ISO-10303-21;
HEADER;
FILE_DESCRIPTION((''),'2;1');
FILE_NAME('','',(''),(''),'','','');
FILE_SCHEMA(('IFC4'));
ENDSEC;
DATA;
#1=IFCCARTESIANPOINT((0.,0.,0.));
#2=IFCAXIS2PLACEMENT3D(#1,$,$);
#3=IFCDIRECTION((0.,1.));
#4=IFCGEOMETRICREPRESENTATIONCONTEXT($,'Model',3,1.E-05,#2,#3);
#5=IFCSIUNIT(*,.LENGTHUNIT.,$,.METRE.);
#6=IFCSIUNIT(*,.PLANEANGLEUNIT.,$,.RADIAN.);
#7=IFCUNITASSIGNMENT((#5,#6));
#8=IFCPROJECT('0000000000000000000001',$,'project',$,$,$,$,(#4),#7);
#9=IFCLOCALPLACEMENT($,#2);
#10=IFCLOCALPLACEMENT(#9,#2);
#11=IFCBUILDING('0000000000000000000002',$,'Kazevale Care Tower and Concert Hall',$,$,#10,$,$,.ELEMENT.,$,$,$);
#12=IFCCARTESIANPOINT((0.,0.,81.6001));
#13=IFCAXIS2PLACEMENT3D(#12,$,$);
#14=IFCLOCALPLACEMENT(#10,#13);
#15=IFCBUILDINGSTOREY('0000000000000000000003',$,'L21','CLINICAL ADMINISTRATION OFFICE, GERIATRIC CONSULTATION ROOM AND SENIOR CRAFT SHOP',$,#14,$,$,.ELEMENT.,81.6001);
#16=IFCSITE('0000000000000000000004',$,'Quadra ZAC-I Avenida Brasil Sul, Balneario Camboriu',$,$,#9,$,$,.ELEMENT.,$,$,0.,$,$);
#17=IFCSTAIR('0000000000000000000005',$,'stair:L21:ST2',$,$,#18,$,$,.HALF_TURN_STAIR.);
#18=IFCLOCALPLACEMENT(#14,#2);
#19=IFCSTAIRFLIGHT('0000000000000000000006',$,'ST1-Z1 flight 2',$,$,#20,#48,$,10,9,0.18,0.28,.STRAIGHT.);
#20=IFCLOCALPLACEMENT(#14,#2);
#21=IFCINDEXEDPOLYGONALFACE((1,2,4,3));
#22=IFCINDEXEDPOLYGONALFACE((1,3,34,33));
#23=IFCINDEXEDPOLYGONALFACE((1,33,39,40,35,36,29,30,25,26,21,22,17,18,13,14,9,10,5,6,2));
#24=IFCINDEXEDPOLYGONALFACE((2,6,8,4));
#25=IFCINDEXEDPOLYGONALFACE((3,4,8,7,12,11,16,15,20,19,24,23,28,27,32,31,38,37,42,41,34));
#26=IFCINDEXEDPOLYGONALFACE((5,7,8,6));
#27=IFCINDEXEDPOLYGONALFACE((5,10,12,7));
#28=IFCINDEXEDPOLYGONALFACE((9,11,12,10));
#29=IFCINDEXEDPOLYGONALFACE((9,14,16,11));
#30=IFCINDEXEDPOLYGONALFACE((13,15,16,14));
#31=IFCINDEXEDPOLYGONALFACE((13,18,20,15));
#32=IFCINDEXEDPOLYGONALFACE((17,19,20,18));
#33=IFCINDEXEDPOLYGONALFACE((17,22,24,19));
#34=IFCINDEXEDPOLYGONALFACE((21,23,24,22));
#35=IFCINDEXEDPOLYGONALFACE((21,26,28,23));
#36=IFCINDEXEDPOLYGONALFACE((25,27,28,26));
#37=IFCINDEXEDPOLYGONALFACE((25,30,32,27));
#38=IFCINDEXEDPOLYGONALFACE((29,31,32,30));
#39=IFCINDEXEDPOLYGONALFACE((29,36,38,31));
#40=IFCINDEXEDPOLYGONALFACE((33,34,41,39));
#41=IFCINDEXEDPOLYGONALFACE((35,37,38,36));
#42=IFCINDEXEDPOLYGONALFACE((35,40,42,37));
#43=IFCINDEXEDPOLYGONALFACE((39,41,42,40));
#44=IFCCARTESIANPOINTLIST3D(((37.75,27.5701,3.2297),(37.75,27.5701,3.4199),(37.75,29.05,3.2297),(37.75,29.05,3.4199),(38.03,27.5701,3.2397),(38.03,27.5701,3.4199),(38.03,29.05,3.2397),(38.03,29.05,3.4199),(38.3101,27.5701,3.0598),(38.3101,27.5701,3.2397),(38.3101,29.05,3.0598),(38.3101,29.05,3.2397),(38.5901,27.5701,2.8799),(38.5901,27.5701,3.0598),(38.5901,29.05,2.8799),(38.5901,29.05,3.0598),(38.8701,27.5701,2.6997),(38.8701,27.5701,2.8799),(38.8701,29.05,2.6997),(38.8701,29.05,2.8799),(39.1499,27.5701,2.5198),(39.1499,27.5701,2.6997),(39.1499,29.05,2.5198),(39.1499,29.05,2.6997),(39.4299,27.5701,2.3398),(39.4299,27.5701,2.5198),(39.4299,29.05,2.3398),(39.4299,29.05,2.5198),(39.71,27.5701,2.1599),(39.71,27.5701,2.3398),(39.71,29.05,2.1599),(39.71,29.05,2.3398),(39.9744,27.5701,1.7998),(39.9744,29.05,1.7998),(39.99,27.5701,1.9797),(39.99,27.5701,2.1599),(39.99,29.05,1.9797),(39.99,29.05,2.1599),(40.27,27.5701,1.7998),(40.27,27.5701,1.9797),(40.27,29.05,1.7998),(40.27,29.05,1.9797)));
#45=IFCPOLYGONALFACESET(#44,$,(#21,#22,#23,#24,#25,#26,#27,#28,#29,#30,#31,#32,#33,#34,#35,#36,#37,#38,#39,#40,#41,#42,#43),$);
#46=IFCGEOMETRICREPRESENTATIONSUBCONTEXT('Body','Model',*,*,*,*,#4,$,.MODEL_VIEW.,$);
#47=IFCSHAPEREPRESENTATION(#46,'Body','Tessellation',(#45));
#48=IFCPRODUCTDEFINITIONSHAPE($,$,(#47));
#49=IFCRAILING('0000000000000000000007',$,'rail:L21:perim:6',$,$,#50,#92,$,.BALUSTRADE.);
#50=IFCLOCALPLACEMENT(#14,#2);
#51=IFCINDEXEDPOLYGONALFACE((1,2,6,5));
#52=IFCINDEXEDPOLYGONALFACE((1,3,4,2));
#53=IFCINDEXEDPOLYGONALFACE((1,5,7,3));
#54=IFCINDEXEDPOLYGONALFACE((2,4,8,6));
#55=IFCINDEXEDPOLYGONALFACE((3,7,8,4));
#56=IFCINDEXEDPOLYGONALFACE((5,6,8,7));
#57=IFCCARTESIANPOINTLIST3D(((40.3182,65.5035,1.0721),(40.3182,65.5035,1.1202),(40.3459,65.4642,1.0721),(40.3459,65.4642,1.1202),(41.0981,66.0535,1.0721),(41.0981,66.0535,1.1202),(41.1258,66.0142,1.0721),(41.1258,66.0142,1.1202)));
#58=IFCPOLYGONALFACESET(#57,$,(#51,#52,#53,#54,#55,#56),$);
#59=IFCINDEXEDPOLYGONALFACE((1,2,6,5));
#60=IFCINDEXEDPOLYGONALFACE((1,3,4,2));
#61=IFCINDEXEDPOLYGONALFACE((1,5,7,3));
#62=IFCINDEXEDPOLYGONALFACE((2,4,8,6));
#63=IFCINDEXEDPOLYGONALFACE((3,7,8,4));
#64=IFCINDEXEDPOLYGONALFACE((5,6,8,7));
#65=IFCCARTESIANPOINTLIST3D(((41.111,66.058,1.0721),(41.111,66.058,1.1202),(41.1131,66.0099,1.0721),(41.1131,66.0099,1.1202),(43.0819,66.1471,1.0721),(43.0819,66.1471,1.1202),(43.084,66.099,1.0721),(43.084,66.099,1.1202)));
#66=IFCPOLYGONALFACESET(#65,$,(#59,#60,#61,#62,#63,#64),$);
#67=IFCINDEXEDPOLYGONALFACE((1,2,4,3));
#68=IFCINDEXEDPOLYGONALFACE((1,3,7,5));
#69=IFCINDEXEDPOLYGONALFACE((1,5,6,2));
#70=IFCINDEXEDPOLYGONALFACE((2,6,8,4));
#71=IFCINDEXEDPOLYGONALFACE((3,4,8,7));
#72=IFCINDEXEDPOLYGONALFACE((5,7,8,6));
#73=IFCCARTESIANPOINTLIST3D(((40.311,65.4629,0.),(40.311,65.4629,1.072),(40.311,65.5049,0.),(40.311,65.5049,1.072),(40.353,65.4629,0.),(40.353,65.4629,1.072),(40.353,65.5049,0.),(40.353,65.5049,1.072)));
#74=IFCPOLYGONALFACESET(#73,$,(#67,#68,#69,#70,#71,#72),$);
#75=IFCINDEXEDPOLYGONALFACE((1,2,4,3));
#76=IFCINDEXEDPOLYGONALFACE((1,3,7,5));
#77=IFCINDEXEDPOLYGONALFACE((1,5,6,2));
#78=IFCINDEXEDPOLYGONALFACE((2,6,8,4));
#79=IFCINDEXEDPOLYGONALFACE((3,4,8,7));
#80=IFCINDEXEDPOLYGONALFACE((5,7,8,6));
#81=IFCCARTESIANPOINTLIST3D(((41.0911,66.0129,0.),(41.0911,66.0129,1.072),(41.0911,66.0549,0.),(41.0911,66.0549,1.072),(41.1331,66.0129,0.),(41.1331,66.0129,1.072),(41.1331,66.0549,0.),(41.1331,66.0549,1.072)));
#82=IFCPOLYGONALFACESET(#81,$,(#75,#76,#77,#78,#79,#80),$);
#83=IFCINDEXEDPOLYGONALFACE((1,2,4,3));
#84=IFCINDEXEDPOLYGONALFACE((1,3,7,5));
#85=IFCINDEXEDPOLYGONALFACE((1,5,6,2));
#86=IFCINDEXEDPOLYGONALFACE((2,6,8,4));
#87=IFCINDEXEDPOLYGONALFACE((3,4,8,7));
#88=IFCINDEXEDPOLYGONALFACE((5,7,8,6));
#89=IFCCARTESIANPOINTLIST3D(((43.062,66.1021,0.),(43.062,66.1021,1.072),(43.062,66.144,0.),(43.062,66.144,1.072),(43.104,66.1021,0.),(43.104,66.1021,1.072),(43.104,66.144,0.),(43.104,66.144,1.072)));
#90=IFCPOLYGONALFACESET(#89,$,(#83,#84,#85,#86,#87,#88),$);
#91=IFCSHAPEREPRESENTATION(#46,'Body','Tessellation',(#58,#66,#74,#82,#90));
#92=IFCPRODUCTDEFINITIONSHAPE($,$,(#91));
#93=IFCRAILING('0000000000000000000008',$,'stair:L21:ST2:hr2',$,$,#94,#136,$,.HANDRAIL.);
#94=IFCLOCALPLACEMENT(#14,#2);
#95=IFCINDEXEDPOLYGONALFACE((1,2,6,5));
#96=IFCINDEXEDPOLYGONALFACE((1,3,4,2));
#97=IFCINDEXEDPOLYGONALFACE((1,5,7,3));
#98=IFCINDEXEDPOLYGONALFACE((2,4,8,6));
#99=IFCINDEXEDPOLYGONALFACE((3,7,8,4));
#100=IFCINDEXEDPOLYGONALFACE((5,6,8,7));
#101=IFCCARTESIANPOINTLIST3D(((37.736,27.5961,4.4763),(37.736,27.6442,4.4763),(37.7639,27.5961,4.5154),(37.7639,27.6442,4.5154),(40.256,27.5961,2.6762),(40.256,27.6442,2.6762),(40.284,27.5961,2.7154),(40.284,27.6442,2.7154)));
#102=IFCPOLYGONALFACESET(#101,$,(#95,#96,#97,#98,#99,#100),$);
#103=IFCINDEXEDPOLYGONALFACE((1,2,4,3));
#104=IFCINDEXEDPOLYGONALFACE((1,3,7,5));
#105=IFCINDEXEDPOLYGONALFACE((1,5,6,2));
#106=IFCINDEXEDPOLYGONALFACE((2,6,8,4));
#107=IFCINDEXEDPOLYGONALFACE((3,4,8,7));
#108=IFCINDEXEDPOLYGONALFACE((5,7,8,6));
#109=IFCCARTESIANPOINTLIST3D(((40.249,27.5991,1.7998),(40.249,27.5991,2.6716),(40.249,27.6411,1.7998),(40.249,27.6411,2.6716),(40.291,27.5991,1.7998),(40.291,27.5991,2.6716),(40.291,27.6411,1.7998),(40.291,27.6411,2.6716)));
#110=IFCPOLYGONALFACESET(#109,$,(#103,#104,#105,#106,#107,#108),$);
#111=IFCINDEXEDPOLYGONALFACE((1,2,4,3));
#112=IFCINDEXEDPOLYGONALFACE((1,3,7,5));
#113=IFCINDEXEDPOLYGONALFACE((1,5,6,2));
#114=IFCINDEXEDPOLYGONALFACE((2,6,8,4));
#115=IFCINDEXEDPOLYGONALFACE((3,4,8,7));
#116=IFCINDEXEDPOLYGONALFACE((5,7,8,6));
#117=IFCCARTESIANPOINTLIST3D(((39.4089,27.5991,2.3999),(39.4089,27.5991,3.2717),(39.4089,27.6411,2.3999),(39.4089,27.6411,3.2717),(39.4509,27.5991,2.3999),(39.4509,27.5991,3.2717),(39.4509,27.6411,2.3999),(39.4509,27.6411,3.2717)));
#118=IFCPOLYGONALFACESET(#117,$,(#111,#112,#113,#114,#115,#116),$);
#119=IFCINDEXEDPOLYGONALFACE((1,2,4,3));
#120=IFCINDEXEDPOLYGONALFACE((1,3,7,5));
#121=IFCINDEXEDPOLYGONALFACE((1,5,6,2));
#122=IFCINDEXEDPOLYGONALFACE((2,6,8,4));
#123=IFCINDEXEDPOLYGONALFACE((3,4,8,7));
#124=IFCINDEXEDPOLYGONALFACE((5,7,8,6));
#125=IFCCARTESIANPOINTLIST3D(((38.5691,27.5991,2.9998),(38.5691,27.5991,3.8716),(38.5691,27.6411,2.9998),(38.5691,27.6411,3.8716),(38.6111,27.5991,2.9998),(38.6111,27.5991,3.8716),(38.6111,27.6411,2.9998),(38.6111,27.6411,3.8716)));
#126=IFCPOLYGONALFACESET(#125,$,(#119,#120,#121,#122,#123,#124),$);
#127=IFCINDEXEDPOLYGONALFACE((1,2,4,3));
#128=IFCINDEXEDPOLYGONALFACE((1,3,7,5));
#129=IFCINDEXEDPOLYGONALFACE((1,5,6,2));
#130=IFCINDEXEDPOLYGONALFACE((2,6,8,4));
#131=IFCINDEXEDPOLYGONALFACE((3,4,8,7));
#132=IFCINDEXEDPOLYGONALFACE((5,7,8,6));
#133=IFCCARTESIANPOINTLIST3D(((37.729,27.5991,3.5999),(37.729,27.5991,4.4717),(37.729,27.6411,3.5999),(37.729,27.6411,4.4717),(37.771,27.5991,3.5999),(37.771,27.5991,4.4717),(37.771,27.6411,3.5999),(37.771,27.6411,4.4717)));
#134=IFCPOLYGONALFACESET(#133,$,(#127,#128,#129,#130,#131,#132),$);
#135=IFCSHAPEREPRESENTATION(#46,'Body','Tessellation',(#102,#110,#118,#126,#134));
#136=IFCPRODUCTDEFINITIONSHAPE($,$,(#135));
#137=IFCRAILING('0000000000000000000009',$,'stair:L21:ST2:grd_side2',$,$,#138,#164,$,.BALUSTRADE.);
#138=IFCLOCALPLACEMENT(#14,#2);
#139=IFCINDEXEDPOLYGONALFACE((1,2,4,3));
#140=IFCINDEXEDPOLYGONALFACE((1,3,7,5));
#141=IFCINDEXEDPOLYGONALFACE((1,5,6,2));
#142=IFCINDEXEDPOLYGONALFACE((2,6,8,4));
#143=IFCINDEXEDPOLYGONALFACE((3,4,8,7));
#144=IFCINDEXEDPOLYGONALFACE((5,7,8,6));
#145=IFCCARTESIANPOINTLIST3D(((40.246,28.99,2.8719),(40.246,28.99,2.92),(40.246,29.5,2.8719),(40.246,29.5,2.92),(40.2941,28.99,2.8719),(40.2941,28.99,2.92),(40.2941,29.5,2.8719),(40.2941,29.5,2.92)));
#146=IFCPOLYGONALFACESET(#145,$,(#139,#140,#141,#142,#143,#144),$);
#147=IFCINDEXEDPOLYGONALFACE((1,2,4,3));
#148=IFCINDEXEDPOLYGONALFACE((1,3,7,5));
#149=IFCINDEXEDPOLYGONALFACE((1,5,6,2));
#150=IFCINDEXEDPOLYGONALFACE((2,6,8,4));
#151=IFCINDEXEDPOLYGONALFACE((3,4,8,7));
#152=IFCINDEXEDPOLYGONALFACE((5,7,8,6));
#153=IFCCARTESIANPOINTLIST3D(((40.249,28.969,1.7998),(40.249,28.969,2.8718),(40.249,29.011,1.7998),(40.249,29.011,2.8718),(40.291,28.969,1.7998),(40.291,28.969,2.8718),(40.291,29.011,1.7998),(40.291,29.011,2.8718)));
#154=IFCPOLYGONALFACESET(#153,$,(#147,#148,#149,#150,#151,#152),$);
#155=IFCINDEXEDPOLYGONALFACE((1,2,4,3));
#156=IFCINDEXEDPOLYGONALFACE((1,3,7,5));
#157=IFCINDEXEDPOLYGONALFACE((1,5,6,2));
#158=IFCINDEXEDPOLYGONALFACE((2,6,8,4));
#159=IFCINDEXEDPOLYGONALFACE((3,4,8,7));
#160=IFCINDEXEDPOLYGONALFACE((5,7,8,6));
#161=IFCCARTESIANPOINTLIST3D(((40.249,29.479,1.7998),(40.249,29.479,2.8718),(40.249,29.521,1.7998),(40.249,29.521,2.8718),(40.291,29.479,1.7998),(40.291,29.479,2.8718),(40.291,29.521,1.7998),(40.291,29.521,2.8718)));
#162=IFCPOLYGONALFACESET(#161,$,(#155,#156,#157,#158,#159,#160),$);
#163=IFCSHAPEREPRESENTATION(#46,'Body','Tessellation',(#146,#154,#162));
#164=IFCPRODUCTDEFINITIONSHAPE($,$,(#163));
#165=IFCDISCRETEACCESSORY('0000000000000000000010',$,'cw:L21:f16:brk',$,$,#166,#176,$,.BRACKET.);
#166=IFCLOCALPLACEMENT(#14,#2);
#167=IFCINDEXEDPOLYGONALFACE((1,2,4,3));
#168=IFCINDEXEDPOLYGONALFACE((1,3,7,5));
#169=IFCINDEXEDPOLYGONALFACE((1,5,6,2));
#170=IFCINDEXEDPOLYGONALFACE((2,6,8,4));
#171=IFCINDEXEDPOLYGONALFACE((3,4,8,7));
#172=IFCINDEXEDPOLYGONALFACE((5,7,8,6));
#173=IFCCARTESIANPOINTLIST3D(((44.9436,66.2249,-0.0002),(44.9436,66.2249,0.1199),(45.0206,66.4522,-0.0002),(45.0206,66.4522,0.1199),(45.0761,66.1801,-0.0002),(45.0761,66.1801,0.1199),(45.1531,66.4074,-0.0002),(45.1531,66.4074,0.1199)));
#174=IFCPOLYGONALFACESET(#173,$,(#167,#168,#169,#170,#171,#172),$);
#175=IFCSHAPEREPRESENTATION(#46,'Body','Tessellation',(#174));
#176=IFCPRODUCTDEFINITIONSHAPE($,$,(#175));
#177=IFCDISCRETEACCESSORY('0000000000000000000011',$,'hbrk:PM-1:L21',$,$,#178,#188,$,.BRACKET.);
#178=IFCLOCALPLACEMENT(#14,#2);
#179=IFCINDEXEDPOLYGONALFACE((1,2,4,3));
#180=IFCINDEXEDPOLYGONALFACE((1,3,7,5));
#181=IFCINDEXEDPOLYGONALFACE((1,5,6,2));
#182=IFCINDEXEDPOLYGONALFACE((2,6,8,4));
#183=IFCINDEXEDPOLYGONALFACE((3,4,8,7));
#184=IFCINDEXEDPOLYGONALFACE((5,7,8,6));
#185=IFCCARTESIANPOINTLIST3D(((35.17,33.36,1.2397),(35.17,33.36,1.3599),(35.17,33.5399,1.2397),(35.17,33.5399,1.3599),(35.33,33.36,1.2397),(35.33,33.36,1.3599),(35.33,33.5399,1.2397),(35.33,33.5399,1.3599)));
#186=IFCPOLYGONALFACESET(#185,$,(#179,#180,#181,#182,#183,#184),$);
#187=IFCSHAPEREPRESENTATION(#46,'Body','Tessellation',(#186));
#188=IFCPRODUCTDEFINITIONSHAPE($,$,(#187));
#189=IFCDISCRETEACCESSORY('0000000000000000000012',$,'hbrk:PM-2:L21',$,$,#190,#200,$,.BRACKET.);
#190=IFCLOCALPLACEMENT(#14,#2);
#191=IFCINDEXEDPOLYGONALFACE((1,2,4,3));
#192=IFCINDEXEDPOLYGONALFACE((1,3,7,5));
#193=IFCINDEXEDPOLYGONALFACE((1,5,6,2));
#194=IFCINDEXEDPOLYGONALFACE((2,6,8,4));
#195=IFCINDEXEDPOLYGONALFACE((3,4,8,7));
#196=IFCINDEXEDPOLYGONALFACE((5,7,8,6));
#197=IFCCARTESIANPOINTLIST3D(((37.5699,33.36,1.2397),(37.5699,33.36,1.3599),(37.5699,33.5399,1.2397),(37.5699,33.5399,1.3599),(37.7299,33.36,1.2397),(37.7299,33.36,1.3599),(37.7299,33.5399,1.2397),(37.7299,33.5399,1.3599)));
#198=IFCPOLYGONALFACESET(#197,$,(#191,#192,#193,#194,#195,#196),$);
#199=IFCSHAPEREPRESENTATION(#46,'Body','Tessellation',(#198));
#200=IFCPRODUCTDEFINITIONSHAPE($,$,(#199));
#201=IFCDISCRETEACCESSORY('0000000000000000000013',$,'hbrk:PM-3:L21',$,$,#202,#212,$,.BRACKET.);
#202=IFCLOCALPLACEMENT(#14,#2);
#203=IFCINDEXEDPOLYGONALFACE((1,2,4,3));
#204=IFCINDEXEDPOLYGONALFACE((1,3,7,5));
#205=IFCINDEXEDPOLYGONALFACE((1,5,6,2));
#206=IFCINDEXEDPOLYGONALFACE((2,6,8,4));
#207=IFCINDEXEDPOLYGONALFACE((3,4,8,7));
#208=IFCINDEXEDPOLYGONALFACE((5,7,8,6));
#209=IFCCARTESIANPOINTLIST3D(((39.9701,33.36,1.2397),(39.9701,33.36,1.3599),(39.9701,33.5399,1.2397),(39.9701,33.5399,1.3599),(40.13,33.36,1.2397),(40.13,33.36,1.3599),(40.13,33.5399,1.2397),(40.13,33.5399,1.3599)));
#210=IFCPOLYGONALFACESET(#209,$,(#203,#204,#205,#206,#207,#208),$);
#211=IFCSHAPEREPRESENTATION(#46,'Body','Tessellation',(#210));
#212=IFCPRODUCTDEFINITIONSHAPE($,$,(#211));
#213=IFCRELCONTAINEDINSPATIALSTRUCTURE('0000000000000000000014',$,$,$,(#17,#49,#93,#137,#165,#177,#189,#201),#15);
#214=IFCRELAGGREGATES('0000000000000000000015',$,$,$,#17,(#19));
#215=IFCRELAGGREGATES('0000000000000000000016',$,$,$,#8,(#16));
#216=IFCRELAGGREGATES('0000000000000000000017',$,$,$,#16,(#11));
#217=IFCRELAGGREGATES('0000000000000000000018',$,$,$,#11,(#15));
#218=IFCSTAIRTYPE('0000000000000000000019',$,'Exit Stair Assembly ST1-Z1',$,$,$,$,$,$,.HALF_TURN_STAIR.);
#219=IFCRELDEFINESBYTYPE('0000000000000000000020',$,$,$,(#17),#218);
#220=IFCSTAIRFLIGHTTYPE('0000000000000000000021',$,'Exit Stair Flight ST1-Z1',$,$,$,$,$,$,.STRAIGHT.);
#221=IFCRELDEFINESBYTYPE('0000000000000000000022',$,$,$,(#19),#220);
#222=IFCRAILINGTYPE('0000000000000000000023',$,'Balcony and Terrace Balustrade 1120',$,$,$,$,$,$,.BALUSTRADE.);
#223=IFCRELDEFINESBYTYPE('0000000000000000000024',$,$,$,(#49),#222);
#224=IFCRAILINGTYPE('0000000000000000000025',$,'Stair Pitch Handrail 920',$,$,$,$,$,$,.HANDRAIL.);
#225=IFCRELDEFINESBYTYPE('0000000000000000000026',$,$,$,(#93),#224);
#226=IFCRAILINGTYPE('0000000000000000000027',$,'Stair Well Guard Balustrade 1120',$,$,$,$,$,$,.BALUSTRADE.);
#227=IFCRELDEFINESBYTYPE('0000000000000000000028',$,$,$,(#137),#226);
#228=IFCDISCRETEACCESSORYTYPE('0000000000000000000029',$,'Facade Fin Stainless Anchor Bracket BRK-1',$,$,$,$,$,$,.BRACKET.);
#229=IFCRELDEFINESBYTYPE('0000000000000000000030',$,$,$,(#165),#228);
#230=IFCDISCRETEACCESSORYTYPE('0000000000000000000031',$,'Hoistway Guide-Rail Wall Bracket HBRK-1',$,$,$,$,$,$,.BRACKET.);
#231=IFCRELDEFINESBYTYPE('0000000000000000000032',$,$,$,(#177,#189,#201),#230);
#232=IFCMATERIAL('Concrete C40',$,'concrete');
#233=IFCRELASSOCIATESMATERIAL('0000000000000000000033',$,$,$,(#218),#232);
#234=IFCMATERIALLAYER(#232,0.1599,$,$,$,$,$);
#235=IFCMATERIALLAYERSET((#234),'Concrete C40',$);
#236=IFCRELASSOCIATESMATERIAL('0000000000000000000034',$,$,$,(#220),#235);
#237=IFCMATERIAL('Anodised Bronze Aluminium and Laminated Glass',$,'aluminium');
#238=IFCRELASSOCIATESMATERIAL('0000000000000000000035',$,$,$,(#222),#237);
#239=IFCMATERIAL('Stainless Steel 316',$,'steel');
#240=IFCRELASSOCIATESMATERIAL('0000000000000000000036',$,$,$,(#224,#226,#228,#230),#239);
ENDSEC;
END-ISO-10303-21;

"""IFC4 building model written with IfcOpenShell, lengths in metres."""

from ifc_helpers import new_model, si_unit, direction, frame, origin, origin_2d, place, context, subcontext, project, spatial, polyline, rectangle, outline, extrude, material, layer, layer_set, type_object, element, aggregate, save


model = new_model("IFC4")

# Units and contexts
model_context = context("Model", 3, precision=1e-05, world=origin(), true_north=direction((0.0, 1.0)))
body_context = subcontext(model_context, "Body", "Model", "MODEL_VIEW")
ifc_project = project(units=[si_unit("LENGTHUNIT", "METRE"), si_unit("PLANEANGLEUNIT", "RADIAN")], contexts=[model_context])

# Site, building, storey
site_placement = place(None, origin())
site = spatial("IfcSite", under=ifc_project, at=site_placement, Name="Quadra ZAC-I Avenida Brasil Sul, Balneario Camboriu", CompositionType="ELEMENT", RefElevation=0.0)
building_placement = place(site_placement, origin())
building = spatial("IfcBuilding", under=site, at=building_placement, Name="Kazevale Care Tower and Concert Hall", CompositionType="ELEMENT")
storey_placement = place(building_placement, frame((0.0, 0.0, 81.6001)))
storey = spatial("IfcBuildingStorey", under=building, at=storey_placement, Name="L21", Description="CLINICAL ADMINISTRATION OFFICE, GERIATRIC CONSULTATION ROOM AND SENIOR CRAFT SHOP", CompositionType="ELEMENT", Elevation=81.6001)

# Shared definitions
ifc_material_1 = material(Name="Concrete C40", Category="concrete")

# Stair, stair flight
stair_type = type_object("IfcStairType", Name="Exit Stair Assembly ST1-Z1", PredefinedType="HALF_TURN_STAIR", material=ifc_material_1)
stair_placement = place(storey_placement, origin())
stair = element("IfcStair", 1, at=stair_placement, inside=storey, type_object=stair_type, Name="stair:L21:ST2", PredefinedType="HALF_TURN_STAIR")
ifc_layer_1 = layer(ifc_material_1, 0.1599)
ifc_layer_set_1 = layer_set([ifc_layer_1], Name="Concrete C40")
stair_flight_type = type_object("IfcStairFlightType", Name="Exit Stair Flight ST1-Z1", PredefinedType="STRAIGHT", material=ifc_layer_set_1)
stair_flight_placement = place(storey_placement, frame((40.27, 28.3101, 1.7998), z_axis=(0.0, 0.0, 1.0), x_axis=(-1.0, 0.0, 0.0)))
stair_flight = element("IfcStairFlight", 2, at=stair_flight_placement, type_object=stair_flight_type, Name="ST1-Z1 flight 2", NumberOfRisers=10, NumberOfTreads=9, PredefinedType="STRAIGHT", RiserHeight=0.18, TreadLength=0.28, context=body_context, shape_type="SweptSolid", body=[
    extrude(outline(polyline([(0.0, 0.0), (0.0, 0.1799), (0.28, 0.1799), (0.28, 0.3601), (0.5601, 0.3601), (0.5601, 0.54), (0.8401, 0.54), (0.8401, 0.72), (1.1201, 0.72), (1.1201, 0.8999), (1.3999, 0.8999), (1.3999, 1.0801), (1.6799, 1.0801), (1.6799, 1.26), (1.96, 1.26), (1.96, 1.4399), (2.24, 1.4399), (2.24, 1.6201), (2.52, 1.6201), (2.52, 1.8), (2.52, 1.4299), (0.2957, 0.0), (0.0, 0.0)])), frame((0.0, 0.74, 0.0), z_axis=(0.0, -1.0, 0.0), x_axis=(1.0, 0.0, 0.0)), (0.0, 0.0, 1.0), 1.48),
])
aggregate(stair, [stair_flight])

# Railings
ifc_material_2 = material(Name="Anodised Bronze Aluminium and Laminated Glass", Category="aluminium")
railing_type_1 = type_object("IfcRailingType", Name="Balcony and Terrace Balustrade 1120", PredefinedType="BALUSTRADE", material=ifc_material_2)
railing_1_placement = place(storey_placement, frame((40.332, 65.4839, 0.0)))
element("IfcRailing", 3, at=railing_1_placement, inside=storey, type_object=railing_type_1, Name="rail:L21:perim:6", PredefinedType="BALUSTRADE", context=body_context, shape_type="SweptSolid", body=[
    extrude(rectangle(XDim=0.0481, YDim=0.0481, at=origin_2d()), frame((0.0, 0.0, 1.0962), z_axis=(0.817244, 0.576291, 0.0), x_axis=(-0.576291, 0.817244, 0.0)), (0.0, 0.0, 1.0), 0.9543),
    extrude(rectangle(XDim=0.0481, YDim=0.0481, at=origin_2d()), frame((0.78, 0.55, 1.0962), z_axis=(0.998979, 0.045166, 0.0), x_axis=(-0.045166, 0.998979, 0.0)), (0.0, 0.0, 1.0), 1.9729),
    extrude(rectangle(XDim=0.042, YDim=0.042, at=origin_2d()), origin(), (0.0, 0.0, 1.0), 1.072),
    extrude(rectangle(XDim=0.042, YDim=0.042, at=origin_2d()), frame((0.78, 0.55, 0.0)), (0.0, 0.0, 1.0), 1.072),
    extrude(rectangle(XDim=0.042, YDim=0.042, at=origin_2d()), frame((2.751, 0.6392, 0.0)), (0.0, 0.0, 1.0), 1.072),
])
ifc_material_3 = material(Name="Stainless Steel 316", Category="steel")
railing_type_2 = type_object("IfcRailingType", Name="Stair Pitch Handrail 920", PredefinedType="HANDRAIL", material=ifc_material_3)
railing_2_placement = place(storey_placement, frame((40.27, 27.6201, 1.7998)))
element("IfcRailing", 4, at=railing_2_placement, inside=storey, type_object=railing_type_2, Name="stair:L21:ST2:hr2", PredefinedType="HANDRAIL", context=body_context, shape_type="SweptSolid", body=[
    extrude(rectangle(XDim=0.0481, YDim=0.0481, at=origin_2d()), frame((0.0, 0.0, 0.896), z_axis=(-0.813728, 0.0, 0.581246), x_axis=(0.0, -1.0, 0.0)), (0.0, 0.0, 1.0), 3.0969),
    extrude(rectangle(XDim=0.042, YDim=0.042, at=origin_2d()), origin(), (0.0, 0.0, 1.0), 0.8718),
    extrude(rectangle(XDim=0.042, YDim=0.042, at=origin_2d()), frame((-0.8401, 0.0, 0.6001)), (0.0, 0.0, 1.0), 0.8718),
    extrude(rectangle(XDim=0.042, YDim=0.042, at=origin_2d()), frame((-1.6799, 0.0, 1.2)), (0.0, 0.0, 1.0), 0.8718),
    extrude(rectangle(XDim=0.042, YDim=0.042, at=origin_2d()), frame((-2.52, 0.0, 1.8)), (0.0, 0.0, 1.0), 0.8718),
])
railing_type_3 = type_object("IfcRailingType", Name="Stair Well Guard Balustrade 1120", PredefinedType="BALUSTRADE", material=ifc_material_3)
railing_3_placement = place(storey_placement, frame((40.27, 28.99, 1.7998)))
element("IfcRailing", 5, at=railing_3_placement, inside=storey, type_object=railing_type_3, Name="stair:L21:ST2:grd_side2", PredefinedType="BALUSTRADE", context=body_context, shape_type="SweptSolid", body=[
    extrude(rectangle(XDim=0.0481, YDim=0.0481, at=origin_2d()), frame((0.0, 0.0, 1.0962), z_axis=(0.0, 1.0, 0.0), x_axis=(-1.0, 0.0, 0.0)), (0.0, 0.0, 1.0), 0.51),
    extrude(rectangle(XDim=0.042, YDim=0.042, at=origin_2d()), origin(), (0.0, 0.0, 1.0), 1.072),
    extrude(rectangle(XDim=0.042, YDim=0.042, at=origin_2d()), frame((0.0, 0.51, 0.0)), (0.0, 0.0, 1.0), 1.072),
])

# Discrete accessories
discrete_accessory_type_1 = type_object("IfcDiscreteAccessoryType", Name="Facade Fin Stainless Anchor Bracket BRK-1", PredefinedType="BRACKET", material=ifc_material_3)
discrete_accessory_placement = place(storey_placement, frame((45.0483, 66.3162, -0.0002), z_axis=(0.0, 0.0, 1.0), x_axis=(0.320613, 0.94721, 0.0)))
element("IfcDiscreteAccessory", 6, at=discrete_accessory_placement, inside=storey, type_object=discrete_accessory_type_1, Name="cw:L21:f16:brk", PredefinedType="BRACKET", context=body_context, shape_type="SweptSolid", body=[
    extrude(rectangle(XDim=0.24, YDim=0.1399, at=origin_2d()), origin(), (0.0, 0.0, 1.0), 0.1201),
])
discrete_accessory_type_2 = type_object("IfcDiscreteAccessoryType", Name="Hoistway Guide-Rail Wall Bracket HBRK-1", PredefinedType="BRACKET", material=ifc_material_3)
for number, where, z_axis, x_axis, name in (
    (7, (35.25, 33.45, 1.2397), (0.0, 0.0, 1.0), (1.0, 0.0, 0.0), "hbrk:PM-1:L21"),
    (8, (37.6499, 33.45, 1.2397), (0.0, 0.0, 1.0), (1.0, 0.0, 0.0), "hbrk:PM-2:L21"),
    (9, (40.05, 33.45, 1.2397), (0.0, 0.0, 1.0), (1.0, 0.0, 0.0), "hbrk:PM-3:L21"),
):
    element("IfcDiscreteAccessory", number, at=place(storey_placement, frame(where, z_axis=z_axis, x_axis=x_axis)), inside=storey, type_object=discrete_accessory_type_2, Name=name, PredefinedType="BRACKET", context=body_context, shape_type="SweptSolid", body=[
        extrude(rectangle(XDim=0.1599, YDim=0.1799, at=origin_2d()), origin(), (0.0, 0.0, 1.0), 0.1201),
    ])

save(model, "model.ifc")
